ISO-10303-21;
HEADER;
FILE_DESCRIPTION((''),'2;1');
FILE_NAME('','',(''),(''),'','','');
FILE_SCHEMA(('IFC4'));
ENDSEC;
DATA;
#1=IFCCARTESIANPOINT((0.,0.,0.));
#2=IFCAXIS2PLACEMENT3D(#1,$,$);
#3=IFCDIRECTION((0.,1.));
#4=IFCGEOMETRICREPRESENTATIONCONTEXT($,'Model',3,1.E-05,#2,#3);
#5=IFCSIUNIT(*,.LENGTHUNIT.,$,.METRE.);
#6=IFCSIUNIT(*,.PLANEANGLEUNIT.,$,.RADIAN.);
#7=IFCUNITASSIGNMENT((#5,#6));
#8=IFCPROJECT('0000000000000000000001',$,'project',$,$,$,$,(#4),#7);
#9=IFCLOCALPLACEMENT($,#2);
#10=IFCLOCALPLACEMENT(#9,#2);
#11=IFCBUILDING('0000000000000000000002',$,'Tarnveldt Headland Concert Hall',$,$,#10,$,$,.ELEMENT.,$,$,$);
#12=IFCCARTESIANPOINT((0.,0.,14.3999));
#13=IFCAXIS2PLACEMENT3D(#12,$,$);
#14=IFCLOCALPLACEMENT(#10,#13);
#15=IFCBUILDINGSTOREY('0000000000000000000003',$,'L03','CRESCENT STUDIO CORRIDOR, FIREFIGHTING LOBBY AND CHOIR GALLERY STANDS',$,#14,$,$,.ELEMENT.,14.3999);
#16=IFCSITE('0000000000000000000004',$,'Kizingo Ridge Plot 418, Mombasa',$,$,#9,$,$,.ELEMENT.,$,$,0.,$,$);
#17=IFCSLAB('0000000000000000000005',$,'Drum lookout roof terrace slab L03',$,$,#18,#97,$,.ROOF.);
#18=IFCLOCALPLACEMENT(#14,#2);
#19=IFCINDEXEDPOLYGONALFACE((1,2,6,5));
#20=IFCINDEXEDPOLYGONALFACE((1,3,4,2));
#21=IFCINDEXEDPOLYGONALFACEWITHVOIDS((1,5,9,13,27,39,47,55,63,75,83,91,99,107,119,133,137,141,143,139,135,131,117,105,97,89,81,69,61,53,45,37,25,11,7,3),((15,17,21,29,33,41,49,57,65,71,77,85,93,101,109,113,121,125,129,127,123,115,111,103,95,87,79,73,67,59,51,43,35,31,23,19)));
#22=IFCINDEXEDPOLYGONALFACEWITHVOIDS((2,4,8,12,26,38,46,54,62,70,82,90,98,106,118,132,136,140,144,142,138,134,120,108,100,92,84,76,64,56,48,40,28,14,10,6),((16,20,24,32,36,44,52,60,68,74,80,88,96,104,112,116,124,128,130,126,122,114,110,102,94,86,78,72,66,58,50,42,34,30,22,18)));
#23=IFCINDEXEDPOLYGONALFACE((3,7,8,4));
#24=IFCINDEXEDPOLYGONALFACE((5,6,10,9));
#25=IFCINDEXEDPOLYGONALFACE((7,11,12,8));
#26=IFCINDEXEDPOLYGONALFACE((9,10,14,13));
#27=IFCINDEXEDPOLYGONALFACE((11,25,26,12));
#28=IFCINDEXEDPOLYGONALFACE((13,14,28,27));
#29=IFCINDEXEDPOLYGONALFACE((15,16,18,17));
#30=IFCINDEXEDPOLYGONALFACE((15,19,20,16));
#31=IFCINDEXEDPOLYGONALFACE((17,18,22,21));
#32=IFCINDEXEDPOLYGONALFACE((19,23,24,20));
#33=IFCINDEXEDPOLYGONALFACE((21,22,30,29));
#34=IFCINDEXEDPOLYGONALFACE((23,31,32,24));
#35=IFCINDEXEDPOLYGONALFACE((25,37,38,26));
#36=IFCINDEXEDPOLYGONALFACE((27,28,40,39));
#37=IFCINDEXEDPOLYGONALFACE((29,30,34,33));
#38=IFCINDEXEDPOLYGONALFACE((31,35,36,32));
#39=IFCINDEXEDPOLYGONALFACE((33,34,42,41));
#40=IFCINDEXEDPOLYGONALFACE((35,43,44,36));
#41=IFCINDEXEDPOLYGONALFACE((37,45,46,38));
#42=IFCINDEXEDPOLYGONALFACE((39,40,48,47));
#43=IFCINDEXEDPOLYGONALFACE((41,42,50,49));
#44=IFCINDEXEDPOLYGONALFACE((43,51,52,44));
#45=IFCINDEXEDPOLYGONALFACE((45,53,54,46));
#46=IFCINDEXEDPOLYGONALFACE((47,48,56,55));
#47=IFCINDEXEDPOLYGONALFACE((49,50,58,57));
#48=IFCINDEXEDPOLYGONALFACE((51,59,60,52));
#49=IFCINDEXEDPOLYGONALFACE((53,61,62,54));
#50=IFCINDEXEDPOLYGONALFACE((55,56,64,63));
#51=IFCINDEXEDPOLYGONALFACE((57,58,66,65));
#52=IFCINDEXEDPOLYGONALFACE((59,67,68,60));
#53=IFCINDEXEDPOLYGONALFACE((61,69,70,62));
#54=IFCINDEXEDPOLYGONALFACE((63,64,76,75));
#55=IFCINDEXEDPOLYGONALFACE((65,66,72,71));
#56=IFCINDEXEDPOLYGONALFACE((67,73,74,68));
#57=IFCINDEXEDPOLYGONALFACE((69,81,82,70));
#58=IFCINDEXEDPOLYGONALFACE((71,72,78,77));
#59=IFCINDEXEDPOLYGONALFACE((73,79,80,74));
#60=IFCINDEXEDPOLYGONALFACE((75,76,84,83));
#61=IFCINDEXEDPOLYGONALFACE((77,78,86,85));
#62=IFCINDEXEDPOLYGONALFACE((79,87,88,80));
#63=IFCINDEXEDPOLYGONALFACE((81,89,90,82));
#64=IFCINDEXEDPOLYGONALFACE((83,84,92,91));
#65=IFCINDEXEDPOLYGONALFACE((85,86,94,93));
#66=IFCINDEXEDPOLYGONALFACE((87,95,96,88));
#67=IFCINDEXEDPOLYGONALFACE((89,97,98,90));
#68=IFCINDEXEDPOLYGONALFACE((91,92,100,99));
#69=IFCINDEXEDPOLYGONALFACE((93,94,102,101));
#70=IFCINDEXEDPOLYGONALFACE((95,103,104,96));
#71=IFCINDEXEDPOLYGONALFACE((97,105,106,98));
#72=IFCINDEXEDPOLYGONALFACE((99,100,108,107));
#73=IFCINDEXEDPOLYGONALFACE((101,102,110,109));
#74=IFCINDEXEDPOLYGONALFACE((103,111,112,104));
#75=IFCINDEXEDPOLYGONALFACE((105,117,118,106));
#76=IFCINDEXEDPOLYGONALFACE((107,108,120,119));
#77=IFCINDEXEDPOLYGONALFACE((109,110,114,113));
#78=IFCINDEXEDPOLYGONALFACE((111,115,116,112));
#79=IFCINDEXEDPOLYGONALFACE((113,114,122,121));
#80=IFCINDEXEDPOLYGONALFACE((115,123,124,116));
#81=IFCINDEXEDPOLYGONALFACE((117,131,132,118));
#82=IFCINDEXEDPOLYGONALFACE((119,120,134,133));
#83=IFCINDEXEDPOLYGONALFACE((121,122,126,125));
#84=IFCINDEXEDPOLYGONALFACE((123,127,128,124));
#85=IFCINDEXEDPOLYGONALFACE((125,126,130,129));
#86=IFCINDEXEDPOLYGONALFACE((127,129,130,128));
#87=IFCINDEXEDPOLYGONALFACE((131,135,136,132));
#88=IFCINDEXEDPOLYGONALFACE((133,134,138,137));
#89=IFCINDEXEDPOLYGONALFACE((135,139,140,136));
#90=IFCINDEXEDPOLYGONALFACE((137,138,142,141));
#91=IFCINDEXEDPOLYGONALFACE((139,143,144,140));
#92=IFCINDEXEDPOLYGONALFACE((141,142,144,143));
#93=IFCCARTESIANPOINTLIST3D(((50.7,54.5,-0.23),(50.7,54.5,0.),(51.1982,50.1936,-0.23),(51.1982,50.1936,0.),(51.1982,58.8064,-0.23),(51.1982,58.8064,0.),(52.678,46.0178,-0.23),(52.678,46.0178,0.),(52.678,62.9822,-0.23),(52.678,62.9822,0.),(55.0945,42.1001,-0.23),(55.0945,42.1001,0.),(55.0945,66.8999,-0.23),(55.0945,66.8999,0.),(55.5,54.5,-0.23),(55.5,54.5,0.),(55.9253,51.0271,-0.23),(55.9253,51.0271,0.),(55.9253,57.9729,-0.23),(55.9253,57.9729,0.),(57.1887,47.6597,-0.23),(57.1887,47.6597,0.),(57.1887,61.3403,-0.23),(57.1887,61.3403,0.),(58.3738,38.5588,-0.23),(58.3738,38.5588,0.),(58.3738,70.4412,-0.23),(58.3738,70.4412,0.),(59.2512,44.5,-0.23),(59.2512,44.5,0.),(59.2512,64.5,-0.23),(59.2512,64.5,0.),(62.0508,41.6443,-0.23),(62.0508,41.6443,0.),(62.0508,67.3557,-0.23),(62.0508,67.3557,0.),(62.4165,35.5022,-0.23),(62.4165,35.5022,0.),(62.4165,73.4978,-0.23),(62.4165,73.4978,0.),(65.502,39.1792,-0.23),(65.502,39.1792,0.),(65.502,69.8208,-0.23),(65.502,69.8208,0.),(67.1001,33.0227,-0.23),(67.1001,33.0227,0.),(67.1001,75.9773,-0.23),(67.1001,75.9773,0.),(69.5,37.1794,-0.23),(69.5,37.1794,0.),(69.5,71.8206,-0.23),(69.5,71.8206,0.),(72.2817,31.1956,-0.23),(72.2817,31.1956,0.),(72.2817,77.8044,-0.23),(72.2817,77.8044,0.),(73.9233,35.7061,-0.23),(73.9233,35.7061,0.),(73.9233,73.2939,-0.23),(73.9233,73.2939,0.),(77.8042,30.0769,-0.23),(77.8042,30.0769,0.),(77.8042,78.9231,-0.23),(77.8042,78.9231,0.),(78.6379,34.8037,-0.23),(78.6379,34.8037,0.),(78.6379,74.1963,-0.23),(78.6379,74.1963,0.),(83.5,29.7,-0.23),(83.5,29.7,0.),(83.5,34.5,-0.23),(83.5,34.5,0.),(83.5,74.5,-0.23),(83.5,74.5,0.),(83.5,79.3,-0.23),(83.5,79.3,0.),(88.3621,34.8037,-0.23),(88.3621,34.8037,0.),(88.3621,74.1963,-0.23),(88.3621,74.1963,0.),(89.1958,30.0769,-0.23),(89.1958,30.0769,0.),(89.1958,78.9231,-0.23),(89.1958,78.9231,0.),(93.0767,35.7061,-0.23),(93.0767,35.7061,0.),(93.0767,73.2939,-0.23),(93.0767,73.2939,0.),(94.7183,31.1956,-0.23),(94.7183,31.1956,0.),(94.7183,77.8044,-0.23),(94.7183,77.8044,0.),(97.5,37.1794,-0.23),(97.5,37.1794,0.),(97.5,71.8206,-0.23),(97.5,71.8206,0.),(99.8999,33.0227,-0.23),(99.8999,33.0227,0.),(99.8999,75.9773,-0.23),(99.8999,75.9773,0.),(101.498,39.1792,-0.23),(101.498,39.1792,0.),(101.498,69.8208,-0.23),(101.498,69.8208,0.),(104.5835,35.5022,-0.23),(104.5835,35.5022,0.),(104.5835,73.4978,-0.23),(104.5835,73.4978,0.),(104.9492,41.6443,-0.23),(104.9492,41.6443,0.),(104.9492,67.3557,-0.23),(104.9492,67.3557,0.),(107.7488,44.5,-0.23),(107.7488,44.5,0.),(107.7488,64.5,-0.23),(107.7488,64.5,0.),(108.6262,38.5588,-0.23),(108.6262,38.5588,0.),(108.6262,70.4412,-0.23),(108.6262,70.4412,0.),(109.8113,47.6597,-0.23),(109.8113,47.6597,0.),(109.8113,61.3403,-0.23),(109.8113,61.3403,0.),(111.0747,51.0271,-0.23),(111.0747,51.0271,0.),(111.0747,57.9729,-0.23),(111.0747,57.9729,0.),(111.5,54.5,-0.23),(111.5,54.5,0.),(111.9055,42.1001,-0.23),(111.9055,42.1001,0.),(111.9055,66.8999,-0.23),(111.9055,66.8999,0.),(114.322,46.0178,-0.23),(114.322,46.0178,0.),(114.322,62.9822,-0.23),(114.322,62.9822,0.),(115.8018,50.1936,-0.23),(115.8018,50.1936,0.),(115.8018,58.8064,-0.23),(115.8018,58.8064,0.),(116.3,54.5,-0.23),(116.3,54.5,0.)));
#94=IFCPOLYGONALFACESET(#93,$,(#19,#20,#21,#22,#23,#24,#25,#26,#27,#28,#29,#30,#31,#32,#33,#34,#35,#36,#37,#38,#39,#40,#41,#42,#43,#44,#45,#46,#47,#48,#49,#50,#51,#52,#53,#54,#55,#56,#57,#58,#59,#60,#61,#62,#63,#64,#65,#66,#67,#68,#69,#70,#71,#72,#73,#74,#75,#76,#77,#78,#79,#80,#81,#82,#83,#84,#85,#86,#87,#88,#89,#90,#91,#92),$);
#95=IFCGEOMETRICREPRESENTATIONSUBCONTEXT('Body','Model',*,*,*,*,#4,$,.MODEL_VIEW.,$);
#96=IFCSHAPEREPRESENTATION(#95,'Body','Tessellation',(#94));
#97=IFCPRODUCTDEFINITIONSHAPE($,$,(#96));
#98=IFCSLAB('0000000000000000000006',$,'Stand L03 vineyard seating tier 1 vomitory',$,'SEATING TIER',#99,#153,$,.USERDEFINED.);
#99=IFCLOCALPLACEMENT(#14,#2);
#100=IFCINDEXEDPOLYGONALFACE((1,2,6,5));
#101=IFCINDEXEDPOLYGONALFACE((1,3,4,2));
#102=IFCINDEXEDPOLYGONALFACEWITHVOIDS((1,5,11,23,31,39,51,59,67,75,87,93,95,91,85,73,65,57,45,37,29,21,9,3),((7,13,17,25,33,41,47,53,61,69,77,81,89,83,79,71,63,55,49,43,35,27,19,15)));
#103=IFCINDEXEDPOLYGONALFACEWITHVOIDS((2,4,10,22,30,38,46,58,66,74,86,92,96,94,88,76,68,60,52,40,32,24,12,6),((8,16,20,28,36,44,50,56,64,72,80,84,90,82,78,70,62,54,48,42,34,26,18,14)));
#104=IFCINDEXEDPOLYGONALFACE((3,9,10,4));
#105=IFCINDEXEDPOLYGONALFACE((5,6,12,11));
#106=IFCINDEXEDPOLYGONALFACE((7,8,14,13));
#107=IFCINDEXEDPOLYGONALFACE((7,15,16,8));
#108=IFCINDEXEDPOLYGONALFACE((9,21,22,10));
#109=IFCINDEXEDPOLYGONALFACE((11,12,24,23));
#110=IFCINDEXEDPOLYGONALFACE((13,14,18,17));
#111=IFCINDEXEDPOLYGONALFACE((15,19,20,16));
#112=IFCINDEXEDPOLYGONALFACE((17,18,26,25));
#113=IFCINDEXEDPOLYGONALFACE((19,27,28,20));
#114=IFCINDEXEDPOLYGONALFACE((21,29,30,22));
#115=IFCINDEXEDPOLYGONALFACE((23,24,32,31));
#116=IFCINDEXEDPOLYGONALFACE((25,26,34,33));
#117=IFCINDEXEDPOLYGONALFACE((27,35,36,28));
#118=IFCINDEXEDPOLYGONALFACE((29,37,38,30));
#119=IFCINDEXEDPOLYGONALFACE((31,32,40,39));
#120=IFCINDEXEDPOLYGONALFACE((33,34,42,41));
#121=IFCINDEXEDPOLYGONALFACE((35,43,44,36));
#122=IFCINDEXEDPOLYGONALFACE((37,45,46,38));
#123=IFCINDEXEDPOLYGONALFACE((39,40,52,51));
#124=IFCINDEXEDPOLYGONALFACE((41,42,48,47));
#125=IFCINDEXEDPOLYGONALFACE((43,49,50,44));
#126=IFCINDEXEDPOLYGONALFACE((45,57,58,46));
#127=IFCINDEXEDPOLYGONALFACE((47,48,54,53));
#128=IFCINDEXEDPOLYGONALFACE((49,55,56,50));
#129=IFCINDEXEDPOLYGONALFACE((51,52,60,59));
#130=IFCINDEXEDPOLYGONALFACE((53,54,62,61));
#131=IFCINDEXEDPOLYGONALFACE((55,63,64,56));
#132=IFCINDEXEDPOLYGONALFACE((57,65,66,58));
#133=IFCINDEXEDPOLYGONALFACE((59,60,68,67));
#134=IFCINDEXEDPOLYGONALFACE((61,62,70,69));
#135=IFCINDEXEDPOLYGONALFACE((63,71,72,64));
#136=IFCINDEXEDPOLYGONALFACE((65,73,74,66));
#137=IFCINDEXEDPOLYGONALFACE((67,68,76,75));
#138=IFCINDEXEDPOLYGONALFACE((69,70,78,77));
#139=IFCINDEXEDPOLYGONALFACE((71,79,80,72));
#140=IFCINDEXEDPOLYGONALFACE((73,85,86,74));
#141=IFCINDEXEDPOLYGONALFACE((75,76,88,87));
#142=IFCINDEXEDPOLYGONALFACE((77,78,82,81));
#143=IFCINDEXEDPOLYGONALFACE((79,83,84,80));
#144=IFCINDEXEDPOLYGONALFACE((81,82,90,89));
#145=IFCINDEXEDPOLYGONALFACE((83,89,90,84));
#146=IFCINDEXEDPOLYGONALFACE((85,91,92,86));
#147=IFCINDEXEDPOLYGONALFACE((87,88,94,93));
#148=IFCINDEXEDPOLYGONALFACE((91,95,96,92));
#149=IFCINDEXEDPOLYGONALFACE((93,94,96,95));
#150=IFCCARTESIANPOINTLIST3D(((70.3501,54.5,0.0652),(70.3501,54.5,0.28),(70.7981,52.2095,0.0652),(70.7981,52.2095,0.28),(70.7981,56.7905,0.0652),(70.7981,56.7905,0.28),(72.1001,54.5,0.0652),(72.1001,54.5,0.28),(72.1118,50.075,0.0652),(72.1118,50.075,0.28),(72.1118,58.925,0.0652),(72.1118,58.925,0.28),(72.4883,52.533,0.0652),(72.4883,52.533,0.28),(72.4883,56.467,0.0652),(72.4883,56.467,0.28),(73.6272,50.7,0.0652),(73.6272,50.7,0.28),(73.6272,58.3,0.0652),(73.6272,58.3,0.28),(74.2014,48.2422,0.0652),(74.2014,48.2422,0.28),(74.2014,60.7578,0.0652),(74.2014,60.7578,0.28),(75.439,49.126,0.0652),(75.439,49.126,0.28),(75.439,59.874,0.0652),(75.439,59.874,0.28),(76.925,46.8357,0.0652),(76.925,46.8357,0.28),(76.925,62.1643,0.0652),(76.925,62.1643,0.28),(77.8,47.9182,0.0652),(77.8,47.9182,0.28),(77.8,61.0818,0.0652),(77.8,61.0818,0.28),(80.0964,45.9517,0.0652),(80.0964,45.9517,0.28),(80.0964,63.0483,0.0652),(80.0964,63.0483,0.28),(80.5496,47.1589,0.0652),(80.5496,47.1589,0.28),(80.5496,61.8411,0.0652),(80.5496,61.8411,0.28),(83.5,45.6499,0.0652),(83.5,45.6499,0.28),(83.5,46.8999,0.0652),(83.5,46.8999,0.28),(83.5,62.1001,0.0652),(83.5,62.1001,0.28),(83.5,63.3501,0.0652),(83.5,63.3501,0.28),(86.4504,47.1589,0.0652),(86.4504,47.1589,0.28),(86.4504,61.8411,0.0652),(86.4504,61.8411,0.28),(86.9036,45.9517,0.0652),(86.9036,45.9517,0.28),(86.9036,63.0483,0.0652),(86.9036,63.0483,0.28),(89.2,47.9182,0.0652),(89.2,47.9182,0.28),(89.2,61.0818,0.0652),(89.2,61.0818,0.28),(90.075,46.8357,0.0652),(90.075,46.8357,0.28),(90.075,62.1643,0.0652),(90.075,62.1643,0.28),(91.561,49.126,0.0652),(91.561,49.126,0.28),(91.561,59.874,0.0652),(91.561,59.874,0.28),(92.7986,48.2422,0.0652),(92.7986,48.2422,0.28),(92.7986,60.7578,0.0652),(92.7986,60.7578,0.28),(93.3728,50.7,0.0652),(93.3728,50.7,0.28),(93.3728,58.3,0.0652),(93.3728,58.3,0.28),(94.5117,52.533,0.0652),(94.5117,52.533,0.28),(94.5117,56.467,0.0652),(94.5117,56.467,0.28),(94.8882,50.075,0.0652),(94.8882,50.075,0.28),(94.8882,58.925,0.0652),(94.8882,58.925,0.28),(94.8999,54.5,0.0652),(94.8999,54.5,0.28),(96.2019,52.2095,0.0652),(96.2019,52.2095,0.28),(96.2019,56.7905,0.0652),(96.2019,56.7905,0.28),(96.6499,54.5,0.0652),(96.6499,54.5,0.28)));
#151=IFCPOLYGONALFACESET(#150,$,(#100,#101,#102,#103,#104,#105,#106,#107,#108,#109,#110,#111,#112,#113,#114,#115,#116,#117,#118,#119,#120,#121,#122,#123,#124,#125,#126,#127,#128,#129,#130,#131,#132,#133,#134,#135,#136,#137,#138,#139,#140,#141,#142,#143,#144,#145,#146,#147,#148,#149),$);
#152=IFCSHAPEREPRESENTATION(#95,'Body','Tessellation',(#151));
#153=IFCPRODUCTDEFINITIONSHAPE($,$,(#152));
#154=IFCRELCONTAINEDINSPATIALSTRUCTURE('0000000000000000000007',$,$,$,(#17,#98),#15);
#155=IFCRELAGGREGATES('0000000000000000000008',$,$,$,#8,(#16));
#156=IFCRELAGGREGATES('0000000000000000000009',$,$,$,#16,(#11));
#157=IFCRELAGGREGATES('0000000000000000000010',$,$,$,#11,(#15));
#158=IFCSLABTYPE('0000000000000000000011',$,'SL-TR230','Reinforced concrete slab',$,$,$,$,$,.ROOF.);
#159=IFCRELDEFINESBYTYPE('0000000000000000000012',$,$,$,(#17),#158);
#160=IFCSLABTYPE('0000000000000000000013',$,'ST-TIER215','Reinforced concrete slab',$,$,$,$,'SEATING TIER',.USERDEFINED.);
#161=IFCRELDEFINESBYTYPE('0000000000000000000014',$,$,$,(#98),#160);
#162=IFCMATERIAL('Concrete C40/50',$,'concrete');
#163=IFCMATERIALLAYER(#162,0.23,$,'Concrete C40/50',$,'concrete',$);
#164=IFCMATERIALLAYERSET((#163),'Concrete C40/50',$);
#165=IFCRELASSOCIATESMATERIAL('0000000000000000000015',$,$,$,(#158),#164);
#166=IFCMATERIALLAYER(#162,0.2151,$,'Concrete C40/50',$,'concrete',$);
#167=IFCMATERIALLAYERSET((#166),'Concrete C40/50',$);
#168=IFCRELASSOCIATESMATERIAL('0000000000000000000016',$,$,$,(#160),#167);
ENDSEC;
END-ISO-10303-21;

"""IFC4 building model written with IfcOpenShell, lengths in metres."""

from ifc_helpers import new_model, si_unit, direction, frame, origin, place, context, subcontext, project, spatial, polyline, outline, extrude, material, layer, layer_set, type_object, element, save


model = new_model("IFC4")

# Units and contexts
model_context = context("Model", 3, precision=1e-05, world=origin(), true_north=direction((0.0, 1.0)))
body_context = subcontext(model_context, "Body", "Model", "MODEL_VIEW")
ifc_project = project(units=[si_unit("LENGTHUNIT", "METRE"), si_unit("PLANEANGLEUNIT", "RADIAN")], contexts=[model_context])

# Site, building, storey
site_placement = place(None, origin())
site = spatial("IfcSite", under=ifc_project, at=site_placement, Name="Kizingo Ridge Plot 418, Mombasa", CompositionType="ELEMENT", RefElevation=0.0)
building_placement = place(site_placement, origin())
building = spatial("IfcBuilding", under=site, at=building_placement, Name="Tarnveldt Headland Concert Hall", CompositionType="ELEMENT")
storey_placement = place(building_placement, frame((0.0, 0.0, 14.3999)))
storey = spatial("IfcBuildingStorey", under=building, at=storey_placement, Name="L03", Description="CRESCENT STUDIO CORRIDOR, FIREFIGHTING LOBBY AND CHOIR GALLERY STANDS", CompositionType="ELEMENT", Elevation=14.3999)

# Shared definitions
ifc_material_1 = material(Name="Concrete C40/50", Category="concrete")

# Slabs
ifc_layer_1 = layer(ifc_material_1, 0.23, Name="Concrete C40/50", Category="concrete")
ifc_layer_set_1 = layer_set([ifc_layer_1], Name="Concrete C40/50")
slab_type_1 = type_object("IfcSlabType", Name="SL-TR230", Description="Reinforced concrete slab", PredefinedType="ROOF", material=ifc_layer_set_1)
slab_1_placement = place(storey_placement, frame((0.0, 0.0, -0.23)))
element("IfcSlab", 1, at=slab_1_placement, inside=storey, type_object=slab_type_1, Name="Drum lookout roof terrace slab L03", PredefinedType="ROOF", context=body_context, shape_type="SweptSolid", body=[
    extrude(outline(polyline([(115.8018, 50.1936), (116.3, 54.5), (115.8018, 58.8064), (114.322, 62.9822), (111.9055, 66.8999), (108.6262, 70.4412), (104.5835, 73.4978), (99.8999, 75.9773), (94.7183, 77.8044), (89.1958, 78.9231), (83.5, 79.3), (77.8042, 78.9231), (72.2817, 77.8044), (67.1001, 75.9773), (62.4165, 73.4978), (58.3738, 70.4412), (55.0945, 66.8999), (52.678, 62.9822), (51.1982, 58.8064), (50.7, 54.5), (51.1982, 50.1936), (52.678, 46.0178), (55.0945, 42.1001), (58.3738, 38.5588), (62.4165, 35.5022), (67.1001, 33.0227), (72.2817, 31.1956), (77.8042, 30.0769), (83.5, 29.7), (89.1958, 30.0769), (94.7183, 31.1956), (99.8999, 33.0227), (104.5835, 35.5022), (108.6262, 38.5588), (111.9055, 42.1001), (114.322, 46.0178), (115.8018, 50.1936)]), holes=[polyline([(111.0747, 57.9729), (111.5, 54.5), (111.0747, 51.0271), (109.8113, 47.6597), (107.7488, 44.5), (104.9492, 41.6443), (101.498, 39.1792), (97.5, 37.1794), (93.0767, 35.7061), (88.3621, 34.8037), (83.5, 34.5), (78.6379, 34.8037), (73.9233, 35.7061), (69.5, 37.1794), (65.502, 39.1792), (62.0508, 41.6443), (59.2512, 44.5), (57.1887, 47.6597), (55.9253, 51.0271), (55.5, 54.5), (55.9253, 57.9729), (57.1887, 61.3403), (59.2512, 64.5), (62.0508, 67.3557), (65.502, 69.8208), (69.5, 71.8206), (73.9233, 73.2939), (78.6379, 74.1963), (83.5, 74.5), (88.3621, 74.1963), (93.0767, 73.2939), (97.5, 71.8206), (101.498, 69.8208), (104.9492, 67.3557), (107.7488, 64.5), (109.8113, 61.3403), (111.0747, 57.9729)])]), origin(), (0.0, 0.0, 1.0), 0.23),
])
ifc_layer_2 = layer(ifc_material_1, 0.2151, Name="Concrete C40/50", Category="concrete")
ifc_layer_set_2 = layer_set([ifc_layer_2], Name="Concrete C40/50")
slab_type_2 = type_object("IfcSlabType", Name="ST-TIER215", Description="Reinforced concrete slab", ElementType="SEATING TIER", PredefinedType="USERDEFINED", material=ifc_layer_set_2)
slab_2_placement = place(storey_placement, frame((0.0, 0.0, 0.0652)))
element("IfcSlab", 2, at=slab_2_placement, inside=storey, type_object=slab_type_2, Name="Stand L03 vineyard seating tier 1 vomitory", ObjectType="SEATING TIER", PredefinedType="USERDEFINED", context=body_context, shape_type="SweptSolid", body=[
    extrude(outline(polyline([(96.6499, 54.5), (96.2019, 56.7905), (94.8882, 58.925), (92.7986, 60.7578), (90.075, 62.1643), (86.9036, 63.0483), (83.5, 63.3501), (80.0964, 63.0483), (76.925, 62.1643), (74.2014, 60.7578), (72.1118, 58.925), (70.7981, 56.7905), (70.3501, 54.5), (70.7981, 52.2095), (72.1118, 50.075), (74.2014, 48.2422), (76.925, 46.8357), (80.0964, 45.9517), (83.5, 45.6499), (86.9036, 45.9517), (90.075, 46.8357), (92.7986, 48.2422), (94.8882, 50.075), (96.2019, 52.2095), (96.6499, 54.5)]), holes=[polyline([(94.5117, 52.533), (93.3728, 50.7), (91.561, 49.126), (89.2, 47.9182), (86.4504, 47.1589), (83.5, 46.8999), (80.5496, 47.1589), (77.8, 47.9182), (75.439, 49.126), (73.6272, 50.7), (72.4883, 52.533), (72.1001, 54.5), (72.4883, 56.467), (73.6272, 58.3), (75.439, 59.874), (77.8, 61.0818), (80.5496, 61.8411), (83.5, 62.1001), (86.4504, 61.8411), (89.2, 61.0818), (91.561, 59.874), (93.3728, 58.3), (94.5117, 56.467), (94.8999, 54.5), (94.5117, 52.533)])]), origin(), (0.0, 0.0, 1.0), 0.2148),
])

save(model, "model.ifc")
